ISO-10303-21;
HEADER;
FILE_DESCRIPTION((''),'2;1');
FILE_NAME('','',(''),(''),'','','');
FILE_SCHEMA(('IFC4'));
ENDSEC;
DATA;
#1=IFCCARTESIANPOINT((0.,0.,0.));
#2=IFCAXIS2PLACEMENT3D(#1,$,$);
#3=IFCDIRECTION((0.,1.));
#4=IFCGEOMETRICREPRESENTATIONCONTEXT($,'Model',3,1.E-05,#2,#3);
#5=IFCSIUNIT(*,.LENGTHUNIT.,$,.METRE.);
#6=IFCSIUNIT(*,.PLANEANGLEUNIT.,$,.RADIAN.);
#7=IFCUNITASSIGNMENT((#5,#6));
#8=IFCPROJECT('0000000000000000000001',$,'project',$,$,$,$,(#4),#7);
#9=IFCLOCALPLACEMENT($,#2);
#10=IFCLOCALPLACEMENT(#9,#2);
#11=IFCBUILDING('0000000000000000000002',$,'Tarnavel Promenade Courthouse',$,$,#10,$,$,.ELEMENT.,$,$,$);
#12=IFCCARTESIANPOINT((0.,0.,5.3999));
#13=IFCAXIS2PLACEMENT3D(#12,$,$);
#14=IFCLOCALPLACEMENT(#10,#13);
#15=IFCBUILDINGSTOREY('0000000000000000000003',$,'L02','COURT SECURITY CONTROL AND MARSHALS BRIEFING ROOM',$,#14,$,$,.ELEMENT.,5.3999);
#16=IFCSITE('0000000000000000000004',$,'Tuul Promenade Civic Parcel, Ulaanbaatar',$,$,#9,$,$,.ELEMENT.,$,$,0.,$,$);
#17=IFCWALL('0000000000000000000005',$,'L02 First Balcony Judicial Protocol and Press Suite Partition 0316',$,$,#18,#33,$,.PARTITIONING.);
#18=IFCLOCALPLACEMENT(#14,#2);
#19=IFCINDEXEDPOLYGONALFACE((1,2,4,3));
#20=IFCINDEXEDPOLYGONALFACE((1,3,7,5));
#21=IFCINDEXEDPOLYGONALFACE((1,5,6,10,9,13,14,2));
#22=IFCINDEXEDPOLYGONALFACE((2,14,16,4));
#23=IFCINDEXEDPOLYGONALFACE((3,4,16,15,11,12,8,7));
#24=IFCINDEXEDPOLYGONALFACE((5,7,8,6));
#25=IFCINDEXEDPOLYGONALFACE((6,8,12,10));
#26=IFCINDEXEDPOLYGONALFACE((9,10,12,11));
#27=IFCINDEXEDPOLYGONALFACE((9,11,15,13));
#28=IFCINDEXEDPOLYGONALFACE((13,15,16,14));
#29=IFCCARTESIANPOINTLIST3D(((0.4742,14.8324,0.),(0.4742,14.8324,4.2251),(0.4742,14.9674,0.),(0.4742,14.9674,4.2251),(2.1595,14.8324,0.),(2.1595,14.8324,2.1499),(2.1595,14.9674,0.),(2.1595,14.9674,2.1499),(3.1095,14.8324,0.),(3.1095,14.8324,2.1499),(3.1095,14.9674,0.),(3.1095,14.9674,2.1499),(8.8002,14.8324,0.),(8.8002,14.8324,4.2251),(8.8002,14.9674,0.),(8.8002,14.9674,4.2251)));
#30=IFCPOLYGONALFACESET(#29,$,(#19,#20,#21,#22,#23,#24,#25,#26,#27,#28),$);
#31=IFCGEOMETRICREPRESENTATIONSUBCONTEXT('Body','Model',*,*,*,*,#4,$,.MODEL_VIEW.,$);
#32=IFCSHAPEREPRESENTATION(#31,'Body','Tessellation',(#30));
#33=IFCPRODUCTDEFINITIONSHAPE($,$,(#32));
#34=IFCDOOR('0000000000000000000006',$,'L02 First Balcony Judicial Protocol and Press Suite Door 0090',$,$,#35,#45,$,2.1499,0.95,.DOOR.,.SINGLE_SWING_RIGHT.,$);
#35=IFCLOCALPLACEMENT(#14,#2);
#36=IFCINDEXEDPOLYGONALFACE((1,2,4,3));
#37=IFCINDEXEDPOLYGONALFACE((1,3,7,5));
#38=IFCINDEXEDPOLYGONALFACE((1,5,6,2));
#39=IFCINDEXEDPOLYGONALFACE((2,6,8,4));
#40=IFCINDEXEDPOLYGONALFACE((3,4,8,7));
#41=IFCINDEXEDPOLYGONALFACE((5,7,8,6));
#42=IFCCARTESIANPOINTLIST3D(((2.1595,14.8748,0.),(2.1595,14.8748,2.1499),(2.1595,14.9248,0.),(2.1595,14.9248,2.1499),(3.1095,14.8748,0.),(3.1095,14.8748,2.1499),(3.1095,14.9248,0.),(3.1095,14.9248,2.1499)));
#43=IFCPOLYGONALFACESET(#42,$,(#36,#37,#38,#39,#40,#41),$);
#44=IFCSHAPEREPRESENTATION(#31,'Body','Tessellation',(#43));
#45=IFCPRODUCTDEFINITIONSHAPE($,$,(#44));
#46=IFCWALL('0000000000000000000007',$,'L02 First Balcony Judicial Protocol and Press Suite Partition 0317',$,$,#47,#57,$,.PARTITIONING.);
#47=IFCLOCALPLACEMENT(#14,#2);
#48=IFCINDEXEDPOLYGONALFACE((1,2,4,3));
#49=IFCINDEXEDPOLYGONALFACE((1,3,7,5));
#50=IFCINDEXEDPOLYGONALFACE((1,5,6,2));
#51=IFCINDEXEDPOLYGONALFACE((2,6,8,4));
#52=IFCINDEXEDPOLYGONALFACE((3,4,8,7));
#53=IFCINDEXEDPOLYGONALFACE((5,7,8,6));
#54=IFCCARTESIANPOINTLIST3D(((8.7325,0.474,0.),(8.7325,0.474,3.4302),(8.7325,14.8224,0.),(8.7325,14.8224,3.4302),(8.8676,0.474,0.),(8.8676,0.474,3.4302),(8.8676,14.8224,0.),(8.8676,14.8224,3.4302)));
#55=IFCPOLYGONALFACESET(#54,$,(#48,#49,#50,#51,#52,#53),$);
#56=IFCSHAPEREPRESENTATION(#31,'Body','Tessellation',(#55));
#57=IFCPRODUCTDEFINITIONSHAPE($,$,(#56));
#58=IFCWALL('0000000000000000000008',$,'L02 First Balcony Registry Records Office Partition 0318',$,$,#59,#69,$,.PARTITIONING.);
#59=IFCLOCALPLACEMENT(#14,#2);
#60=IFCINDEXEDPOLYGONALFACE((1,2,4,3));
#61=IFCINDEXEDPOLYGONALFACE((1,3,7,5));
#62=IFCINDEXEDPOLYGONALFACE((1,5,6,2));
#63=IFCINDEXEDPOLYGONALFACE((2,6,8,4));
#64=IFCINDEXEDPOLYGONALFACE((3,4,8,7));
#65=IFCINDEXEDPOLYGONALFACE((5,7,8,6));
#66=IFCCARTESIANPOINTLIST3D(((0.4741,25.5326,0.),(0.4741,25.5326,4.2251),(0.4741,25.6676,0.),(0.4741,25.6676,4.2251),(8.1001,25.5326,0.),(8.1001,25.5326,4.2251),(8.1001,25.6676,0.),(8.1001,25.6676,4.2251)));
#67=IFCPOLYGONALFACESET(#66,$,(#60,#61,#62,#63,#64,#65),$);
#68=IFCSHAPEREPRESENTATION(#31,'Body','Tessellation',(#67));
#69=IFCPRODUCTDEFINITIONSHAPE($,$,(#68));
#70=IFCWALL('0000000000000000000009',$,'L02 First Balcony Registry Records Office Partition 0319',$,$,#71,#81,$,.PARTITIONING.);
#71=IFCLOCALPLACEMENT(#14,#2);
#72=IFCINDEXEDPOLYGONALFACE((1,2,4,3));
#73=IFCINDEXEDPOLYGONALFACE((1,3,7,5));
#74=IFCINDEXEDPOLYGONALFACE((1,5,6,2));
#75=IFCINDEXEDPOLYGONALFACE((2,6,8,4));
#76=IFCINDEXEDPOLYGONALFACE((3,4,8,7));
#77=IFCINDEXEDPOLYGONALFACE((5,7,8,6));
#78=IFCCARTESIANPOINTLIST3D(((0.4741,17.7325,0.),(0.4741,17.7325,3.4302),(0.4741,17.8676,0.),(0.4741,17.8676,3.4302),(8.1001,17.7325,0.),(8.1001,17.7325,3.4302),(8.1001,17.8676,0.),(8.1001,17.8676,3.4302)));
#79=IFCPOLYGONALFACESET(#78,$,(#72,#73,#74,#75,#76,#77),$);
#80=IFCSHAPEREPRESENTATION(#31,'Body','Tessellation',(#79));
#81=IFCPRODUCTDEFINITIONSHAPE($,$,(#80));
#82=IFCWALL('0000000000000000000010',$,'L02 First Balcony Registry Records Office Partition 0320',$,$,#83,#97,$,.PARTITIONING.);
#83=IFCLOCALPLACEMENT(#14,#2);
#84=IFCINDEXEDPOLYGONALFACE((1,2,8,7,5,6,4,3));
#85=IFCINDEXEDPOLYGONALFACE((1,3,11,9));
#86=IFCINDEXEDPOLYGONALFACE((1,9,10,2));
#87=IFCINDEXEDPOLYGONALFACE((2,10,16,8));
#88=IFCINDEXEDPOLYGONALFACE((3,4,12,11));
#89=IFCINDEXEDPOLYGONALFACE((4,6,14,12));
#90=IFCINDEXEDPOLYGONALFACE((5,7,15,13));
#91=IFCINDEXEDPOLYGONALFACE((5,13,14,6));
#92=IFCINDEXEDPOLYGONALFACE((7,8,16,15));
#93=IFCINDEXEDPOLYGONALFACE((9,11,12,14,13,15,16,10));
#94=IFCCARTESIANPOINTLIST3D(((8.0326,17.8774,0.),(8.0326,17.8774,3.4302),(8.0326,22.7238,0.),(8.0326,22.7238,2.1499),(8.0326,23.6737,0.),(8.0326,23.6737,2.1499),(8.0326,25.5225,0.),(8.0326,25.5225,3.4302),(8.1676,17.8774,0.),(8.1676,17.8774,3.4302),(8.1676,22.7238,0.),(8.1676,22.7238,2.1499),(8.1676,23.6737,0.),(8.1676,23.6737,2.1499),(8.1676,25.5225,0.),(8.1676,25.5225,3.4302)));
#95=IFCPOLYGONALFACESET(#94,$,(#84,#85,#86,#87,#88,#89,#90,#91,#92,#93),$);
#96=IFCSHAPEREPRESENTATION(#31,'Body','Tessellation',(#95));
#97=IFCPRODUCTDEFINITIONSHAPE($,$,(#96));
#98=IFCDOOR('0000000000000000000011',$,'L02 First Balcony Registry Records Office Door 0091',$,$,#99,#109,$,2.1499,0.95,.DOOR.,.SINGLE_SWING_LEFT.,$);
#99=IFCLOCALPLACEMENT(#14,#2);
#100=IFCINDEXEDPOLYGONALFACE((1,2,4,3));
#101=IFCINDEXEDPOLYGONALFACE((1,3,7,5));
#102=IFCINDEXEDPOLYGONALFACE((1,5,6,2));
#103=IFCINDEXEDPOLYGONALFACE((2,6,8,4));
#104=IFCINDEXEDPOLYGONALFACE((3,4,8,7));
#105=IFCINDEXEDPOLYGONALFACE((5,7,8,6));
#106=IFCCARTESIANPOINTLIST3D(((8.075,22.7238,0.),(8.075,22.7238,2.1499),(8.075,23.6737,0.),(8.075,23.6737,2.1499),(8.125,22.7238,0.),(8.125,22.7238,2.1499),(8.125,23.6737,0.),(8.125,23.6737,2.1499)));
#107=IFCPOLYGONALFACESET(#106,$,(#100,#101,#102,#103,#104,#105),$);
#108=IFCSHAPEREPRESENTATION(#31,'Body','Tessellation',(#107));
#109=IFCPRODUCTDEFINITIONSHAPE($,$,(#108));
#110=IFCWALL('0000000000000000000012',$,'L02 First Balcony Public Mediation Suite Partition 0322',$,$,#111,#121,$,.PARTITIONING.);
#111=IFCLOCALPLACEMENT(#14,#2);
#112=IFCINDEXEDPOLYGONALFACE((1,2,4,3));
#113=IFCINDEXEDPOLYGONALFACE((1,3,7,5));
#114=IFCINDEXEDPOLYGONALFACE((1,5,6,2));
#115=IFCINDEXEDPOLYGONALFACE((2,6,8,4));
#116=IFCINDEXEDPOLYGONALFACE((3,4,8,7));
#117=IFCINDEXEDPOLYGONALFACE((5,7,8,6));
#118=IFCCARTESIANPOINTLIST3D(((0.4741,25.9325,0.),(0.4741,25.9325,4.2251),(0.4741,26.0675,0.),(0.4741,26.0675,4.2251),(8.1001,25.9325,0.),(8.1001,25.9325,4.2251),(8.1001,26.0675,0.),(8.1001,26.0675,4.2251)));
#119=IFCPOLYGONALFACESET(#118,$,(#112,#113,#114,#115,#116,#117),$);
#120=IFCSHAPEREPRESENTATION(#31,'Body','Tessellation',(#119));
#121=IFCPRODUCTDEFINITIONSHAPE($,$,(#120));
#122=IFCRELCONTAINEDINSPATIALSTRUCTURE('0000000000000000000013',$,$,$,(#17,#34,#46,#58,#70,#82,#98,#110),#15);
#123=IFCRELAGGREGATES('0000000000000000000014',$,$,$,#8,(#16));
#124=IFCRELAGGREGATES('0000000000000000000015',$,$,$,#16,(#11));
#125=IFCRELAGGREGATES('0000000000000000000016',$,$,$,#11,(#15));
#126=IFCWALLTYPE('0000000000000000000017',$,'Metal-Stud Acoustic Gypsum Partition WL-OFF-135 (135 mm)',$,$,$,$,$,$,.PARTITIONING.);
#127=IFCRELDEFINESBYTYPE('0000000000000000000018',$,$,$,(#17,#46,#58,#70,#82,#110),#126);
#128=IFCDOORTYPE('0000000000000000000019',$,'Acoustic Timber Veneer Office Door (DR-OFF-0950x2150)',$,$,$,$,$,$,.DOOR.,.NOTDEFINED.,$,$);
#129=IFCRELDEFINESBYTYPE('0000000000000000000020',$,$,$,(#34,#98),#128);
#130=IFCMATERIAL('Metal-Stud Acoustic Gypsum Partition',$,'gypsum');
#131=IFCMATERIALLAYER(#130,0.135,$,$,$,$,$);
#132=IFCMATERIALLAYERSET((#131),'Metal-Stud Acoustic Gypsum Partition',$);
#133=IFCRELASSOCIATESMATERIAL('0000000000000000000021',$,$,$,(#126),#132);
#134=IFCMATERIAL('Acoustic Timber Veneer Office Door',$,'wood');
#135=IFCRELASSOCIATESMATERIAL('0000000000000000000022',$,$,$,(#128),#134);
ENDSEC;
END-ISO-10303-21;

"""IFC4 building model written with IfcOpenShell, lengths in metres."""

from ifc_helpers import new_model, si_unit, direction, frame, frame_2d, origin, place, context, subcontext, project, spatial, rectangle, extrude, material, layer, layer_set, type_object, element, fill, save


model = new_model("IFC4")

# Units and contexts
model_context = context("Model", 3, precision=1e-05, world=origin(), true_north=direction((0.0, 1.0)))
body_context = subcontext(model_context, "Body", "Model", "MODEL_VIEW")
ifc_project = project(units=[si_unit("LENGTHUNIT", "METRE"), si_unit("PLANEANGLEUNIT", "RADIAN")], contexts=[model_context])

# Site, building, storey
site_placement = place(None, origin())
site = spatial("IfcSite", under=ifc_project, at=site_placement, Name="Tuul Promenade Civic Parcel, Ulaanbaatar", CompositionType="ELEMENT", RefElevation=0.0)
building_placement = place(site_placement, origin())
building = spatial("IfcBuilding", under=site, at=building_placement, Name="Tarnavel Promenade Courthouse", CompositionType="ELEMENT")
storey_placement = place(building_placement, frame((0.0, 0.0, 5.3999)))
storey = spatial("IfcBuildingStorey", under=building, at=storey_placement, Name="L02", Description="COURT SECURITY CONTROL AND MARSHALS BRIEFING ROOM", CompositionType="ELEMENT", Elevation=5.3999)

# Wall, opening, door
ifc_material_1 = material(Name="Metal-Stud Acoustic Gypsum Partition", Category="gypsum")
ifc_layer_1 = layer(ifc_material_1, 0.135)
ifc_layer_set_1 = layer_set([ifc_layer_1], Name="Metal-Stud Acoustic Gypsum Partition")
wall_type_1 = type_object("IfcWallType", Name="Metal-Stud Acoustic Gypsum Partition WL-OFF-135 (135 mm)", PredefinedType="PARTITIONING", material=ifc_layer_set_1)
wall_1_placement = place(storey_placement, frame((0.4741, 14.8999, 0.0), z_axis=(0.0, 0.0, 1.0), x_axis=(1.0, 0.0, 0.0)))
wall_1 = element("IfcWall", 1, at=wall_1_placement, inside=storey, type_object=wall_type_1, Name="L02 First Balcony Judicial Protocol and Press Suite Partition 0316", PredefinedType="PARTITIONING", context=body_context, shape_type="SweptSolid", body=[
    extrude(rectangle(XDim=8.3259, YDim=0.135, at=frame_2d((4.1631, 0.0))), origin(), (0.0, 0.0, 1.0), 4.2251),
])
opening_1_placement = place(wall_1_placement, frame((1.6853, 0.0, 0.0)))
opening_1 = element("IfcOpeningElement", 2, at=opening_1_placement, cuts=wall_1, PredefinedType="OPENING", context=body_context, shape_type="SweptSolid", body=[
    extrude(rectangle(XDim=0.95, YDim=2.1499, at=frame_2d((0.4751, 1.075))), frame((0.0, 0.0774, 0.0), z_axis=(0.0, -1.0, 0.0), x_axis=(1.0, 0.0, 0.0)), (0.0, 0.0, 1.0), 0.155),
])
ifc_material_2 = material(Name="Acoustic Timber Veneer Office Door", Category="wood")
door_type = type_object("IfcDoorType", Name="Acoustic Timber Veneer Office Door (DR-OFF-0950x2150)", OperationType="NOTDEFINED", PredefinedType="DOOR", material=ifc_material_2)
door_1_placement = place(opening_1_placement, origin())
door_1 = element("IfcDoor", 3, at=door_1_placement, inside=storey, type_object=door_type, Name="L02 First Balcony Judicial Protocol and Press Suite Door 0090", OperationType="SINGLE_SWING_RIGHT", OverallHeight=2.1499, OverallWidth=0.95, PredefinedType="DOOR", context=body_context, shape_type="SweptSolid", body=[
    extrude(rectangle(XDim=0.95, YDim=2.1499, at=frame_2d((0.4751, 1.075))), frame((0.0, 0.0249, 0.0), z_axis=(0.0, -1.0, 0.0), x_axis=(1.0, 0.0, 0.0)), (0.0, 0.0, 1.0), 0.05),
])
fill(opening_1, door_1)

# Walls
wall_2_placement = place(storey_placement, frame((8.8, 14.8225, 0.0), z_axis=(0.0, 0.0, 1.0), x_axis=(0.0, -1.0, 0.0)))
element("IfcWall", 4, at=wall_2_placement, inside=storey, type_object=wall_type_1, Name="L02 First Balcony Judicial Protocol and Press Suite Partition 0317", PredefinedType="PARTITIONING", context=body_context, shape_type="SweptSolid", body=[
    extrude(rectangle(XDim=14.3484, YDim=0.135, at=frame_2d((7.1743, 0.0))), origin(), (0.0, 0.0, 1.0), 3.4302),
])
wall_3_placement = place(storey_placement, frame((0.4741, 25.6001, 0.0), z_axis=(0.0, 0.0, 1.0), x_axis=(1.0, 0.0, 0.0)))
element("IfcWall", 5, at=wall_3_placement, inside=storey, type_object=wall_type_1, Name="L02 First Balcony Registry Records Office Partition 0318", PredefinedType="PARTITIONING", context=body_context, shape_type="SweptSolid", body=[
    extrude(rectangle(XDim=7.626, YDim=0.135, at=frame_2d((3.813, 0.0))), origin(), (0.0, 0.0, 1.0), 4.2251),
])
wall_4_placement = place(storey_placement, frame((8.1001, 17.8, 0.0), z_axis=(0.0, 0.0, 1.0), x_axis=(-1.0, 0.0, 0.0)))
element("IfcWall", 6, at=wall_4_placement, inside=storey, type_object=wall_type_1, Name="L02 First Balcony Registry Records Office Partition 0319", PredefinedType="PARTITIONING", context=body_context, shape_type="SweptSolid", body=[
    extrude(rectangle(XDim=7.626, YDim=0.135, at=frame_2d((3.813, 0.0))), origin(), (0.0, 0.0, 1.0), 3.4302),
])

# Wall, opening, door
wall_5_placement = place(storey_placement, frame((8.1001, 25.5225, 0.0), z_axis=(0.0, 0.0, 1.0), x_axis=(0.0, -1.0, 0.0)))
wall_5 = element("IfcWall", 7, at=wall_5_placement, inside=storey, type_object=wall_type_1, Name="L02 First Balcony Registry Records Office Partition 0320", PredefinedType="PARTITIONING", context=body_context, shape_type="SweptSolid", body=[
    extrude(rectangle(XDim=7.645, YDim=0.135, at=frame_2d((3.8225, 0.0))), origin(), (0.0, 0.0, 1.0), 3.4302),
])
opening_2_placement = place(wall_5_placement, frame((1.8486, 0.0, 0.0)))
opening_2 = element("IfcOpeningElement", 8, at=opening_2_placement, cuts=wall_5, PredefinedType="OPENING", context=body_context, shape_type="SweptSolid", body=[
    extrude(rectangle(XDim=0.95, YDim=2.1499, at=frame_2d((0.4751, 1.075))), frame((0.0, 0.0774, 0.0), z_axis=(0.0, -1.0, 0.0), x_axis=(1.0, 0.0, 0.0)), (0.0, 0.0, 1.0), 0.155),
])
door_2_placement = place(opening_2_placement, origin())
door_2 = element("IfcDoor", 9, at=door_2_placement, inside=storey, type_object=door_type, Name="L02 First Balcony Registry Records Office Door 0091", OperationType="SINGLE_SWING_LEFT", OverallHeight=2.1499, OverallWidth=0.95, PredefinedType="DOOR", context=body_context, shape_type="SweptSolid", body=[
    extrude(rectangle(XDim=0.95, YDim=2.1499, at=frame_2d((0.4751, 1.075))), frame((0.0, 0.0249, 0.0), z_axis=(0.0, -1.0, 0.0), x_axis=(1.0, 0.0, 0.0)), (0.0, 0.0, 1.0), 0.05),
])
fill(opening_2, door_2)

# Wall
wall_6_placement = place(storey_placement, frame((8.1001, 26.0, 0.0), z_axis=(0.0, 0.0, 1.0), x_axis=(-1.0, 0.0, 0.0)))
element("IfcWall", 10, at=wall_6_placement, inside=storey, type_object=wall_type_1, Name="L02 First Balcony Public Mediation Suite Partition 0322", PredefinedType="PARTITIONING", context=body_context, shape_type="SweptSolid", body=[
    extrude(rectangle(XDim=7.626, YDim=0.135, at=frame_2d((3.813, 0.0))), origin(), (0.0, 0.0, 1.0), 4.2251),
])

save(model, "model.ifc")
